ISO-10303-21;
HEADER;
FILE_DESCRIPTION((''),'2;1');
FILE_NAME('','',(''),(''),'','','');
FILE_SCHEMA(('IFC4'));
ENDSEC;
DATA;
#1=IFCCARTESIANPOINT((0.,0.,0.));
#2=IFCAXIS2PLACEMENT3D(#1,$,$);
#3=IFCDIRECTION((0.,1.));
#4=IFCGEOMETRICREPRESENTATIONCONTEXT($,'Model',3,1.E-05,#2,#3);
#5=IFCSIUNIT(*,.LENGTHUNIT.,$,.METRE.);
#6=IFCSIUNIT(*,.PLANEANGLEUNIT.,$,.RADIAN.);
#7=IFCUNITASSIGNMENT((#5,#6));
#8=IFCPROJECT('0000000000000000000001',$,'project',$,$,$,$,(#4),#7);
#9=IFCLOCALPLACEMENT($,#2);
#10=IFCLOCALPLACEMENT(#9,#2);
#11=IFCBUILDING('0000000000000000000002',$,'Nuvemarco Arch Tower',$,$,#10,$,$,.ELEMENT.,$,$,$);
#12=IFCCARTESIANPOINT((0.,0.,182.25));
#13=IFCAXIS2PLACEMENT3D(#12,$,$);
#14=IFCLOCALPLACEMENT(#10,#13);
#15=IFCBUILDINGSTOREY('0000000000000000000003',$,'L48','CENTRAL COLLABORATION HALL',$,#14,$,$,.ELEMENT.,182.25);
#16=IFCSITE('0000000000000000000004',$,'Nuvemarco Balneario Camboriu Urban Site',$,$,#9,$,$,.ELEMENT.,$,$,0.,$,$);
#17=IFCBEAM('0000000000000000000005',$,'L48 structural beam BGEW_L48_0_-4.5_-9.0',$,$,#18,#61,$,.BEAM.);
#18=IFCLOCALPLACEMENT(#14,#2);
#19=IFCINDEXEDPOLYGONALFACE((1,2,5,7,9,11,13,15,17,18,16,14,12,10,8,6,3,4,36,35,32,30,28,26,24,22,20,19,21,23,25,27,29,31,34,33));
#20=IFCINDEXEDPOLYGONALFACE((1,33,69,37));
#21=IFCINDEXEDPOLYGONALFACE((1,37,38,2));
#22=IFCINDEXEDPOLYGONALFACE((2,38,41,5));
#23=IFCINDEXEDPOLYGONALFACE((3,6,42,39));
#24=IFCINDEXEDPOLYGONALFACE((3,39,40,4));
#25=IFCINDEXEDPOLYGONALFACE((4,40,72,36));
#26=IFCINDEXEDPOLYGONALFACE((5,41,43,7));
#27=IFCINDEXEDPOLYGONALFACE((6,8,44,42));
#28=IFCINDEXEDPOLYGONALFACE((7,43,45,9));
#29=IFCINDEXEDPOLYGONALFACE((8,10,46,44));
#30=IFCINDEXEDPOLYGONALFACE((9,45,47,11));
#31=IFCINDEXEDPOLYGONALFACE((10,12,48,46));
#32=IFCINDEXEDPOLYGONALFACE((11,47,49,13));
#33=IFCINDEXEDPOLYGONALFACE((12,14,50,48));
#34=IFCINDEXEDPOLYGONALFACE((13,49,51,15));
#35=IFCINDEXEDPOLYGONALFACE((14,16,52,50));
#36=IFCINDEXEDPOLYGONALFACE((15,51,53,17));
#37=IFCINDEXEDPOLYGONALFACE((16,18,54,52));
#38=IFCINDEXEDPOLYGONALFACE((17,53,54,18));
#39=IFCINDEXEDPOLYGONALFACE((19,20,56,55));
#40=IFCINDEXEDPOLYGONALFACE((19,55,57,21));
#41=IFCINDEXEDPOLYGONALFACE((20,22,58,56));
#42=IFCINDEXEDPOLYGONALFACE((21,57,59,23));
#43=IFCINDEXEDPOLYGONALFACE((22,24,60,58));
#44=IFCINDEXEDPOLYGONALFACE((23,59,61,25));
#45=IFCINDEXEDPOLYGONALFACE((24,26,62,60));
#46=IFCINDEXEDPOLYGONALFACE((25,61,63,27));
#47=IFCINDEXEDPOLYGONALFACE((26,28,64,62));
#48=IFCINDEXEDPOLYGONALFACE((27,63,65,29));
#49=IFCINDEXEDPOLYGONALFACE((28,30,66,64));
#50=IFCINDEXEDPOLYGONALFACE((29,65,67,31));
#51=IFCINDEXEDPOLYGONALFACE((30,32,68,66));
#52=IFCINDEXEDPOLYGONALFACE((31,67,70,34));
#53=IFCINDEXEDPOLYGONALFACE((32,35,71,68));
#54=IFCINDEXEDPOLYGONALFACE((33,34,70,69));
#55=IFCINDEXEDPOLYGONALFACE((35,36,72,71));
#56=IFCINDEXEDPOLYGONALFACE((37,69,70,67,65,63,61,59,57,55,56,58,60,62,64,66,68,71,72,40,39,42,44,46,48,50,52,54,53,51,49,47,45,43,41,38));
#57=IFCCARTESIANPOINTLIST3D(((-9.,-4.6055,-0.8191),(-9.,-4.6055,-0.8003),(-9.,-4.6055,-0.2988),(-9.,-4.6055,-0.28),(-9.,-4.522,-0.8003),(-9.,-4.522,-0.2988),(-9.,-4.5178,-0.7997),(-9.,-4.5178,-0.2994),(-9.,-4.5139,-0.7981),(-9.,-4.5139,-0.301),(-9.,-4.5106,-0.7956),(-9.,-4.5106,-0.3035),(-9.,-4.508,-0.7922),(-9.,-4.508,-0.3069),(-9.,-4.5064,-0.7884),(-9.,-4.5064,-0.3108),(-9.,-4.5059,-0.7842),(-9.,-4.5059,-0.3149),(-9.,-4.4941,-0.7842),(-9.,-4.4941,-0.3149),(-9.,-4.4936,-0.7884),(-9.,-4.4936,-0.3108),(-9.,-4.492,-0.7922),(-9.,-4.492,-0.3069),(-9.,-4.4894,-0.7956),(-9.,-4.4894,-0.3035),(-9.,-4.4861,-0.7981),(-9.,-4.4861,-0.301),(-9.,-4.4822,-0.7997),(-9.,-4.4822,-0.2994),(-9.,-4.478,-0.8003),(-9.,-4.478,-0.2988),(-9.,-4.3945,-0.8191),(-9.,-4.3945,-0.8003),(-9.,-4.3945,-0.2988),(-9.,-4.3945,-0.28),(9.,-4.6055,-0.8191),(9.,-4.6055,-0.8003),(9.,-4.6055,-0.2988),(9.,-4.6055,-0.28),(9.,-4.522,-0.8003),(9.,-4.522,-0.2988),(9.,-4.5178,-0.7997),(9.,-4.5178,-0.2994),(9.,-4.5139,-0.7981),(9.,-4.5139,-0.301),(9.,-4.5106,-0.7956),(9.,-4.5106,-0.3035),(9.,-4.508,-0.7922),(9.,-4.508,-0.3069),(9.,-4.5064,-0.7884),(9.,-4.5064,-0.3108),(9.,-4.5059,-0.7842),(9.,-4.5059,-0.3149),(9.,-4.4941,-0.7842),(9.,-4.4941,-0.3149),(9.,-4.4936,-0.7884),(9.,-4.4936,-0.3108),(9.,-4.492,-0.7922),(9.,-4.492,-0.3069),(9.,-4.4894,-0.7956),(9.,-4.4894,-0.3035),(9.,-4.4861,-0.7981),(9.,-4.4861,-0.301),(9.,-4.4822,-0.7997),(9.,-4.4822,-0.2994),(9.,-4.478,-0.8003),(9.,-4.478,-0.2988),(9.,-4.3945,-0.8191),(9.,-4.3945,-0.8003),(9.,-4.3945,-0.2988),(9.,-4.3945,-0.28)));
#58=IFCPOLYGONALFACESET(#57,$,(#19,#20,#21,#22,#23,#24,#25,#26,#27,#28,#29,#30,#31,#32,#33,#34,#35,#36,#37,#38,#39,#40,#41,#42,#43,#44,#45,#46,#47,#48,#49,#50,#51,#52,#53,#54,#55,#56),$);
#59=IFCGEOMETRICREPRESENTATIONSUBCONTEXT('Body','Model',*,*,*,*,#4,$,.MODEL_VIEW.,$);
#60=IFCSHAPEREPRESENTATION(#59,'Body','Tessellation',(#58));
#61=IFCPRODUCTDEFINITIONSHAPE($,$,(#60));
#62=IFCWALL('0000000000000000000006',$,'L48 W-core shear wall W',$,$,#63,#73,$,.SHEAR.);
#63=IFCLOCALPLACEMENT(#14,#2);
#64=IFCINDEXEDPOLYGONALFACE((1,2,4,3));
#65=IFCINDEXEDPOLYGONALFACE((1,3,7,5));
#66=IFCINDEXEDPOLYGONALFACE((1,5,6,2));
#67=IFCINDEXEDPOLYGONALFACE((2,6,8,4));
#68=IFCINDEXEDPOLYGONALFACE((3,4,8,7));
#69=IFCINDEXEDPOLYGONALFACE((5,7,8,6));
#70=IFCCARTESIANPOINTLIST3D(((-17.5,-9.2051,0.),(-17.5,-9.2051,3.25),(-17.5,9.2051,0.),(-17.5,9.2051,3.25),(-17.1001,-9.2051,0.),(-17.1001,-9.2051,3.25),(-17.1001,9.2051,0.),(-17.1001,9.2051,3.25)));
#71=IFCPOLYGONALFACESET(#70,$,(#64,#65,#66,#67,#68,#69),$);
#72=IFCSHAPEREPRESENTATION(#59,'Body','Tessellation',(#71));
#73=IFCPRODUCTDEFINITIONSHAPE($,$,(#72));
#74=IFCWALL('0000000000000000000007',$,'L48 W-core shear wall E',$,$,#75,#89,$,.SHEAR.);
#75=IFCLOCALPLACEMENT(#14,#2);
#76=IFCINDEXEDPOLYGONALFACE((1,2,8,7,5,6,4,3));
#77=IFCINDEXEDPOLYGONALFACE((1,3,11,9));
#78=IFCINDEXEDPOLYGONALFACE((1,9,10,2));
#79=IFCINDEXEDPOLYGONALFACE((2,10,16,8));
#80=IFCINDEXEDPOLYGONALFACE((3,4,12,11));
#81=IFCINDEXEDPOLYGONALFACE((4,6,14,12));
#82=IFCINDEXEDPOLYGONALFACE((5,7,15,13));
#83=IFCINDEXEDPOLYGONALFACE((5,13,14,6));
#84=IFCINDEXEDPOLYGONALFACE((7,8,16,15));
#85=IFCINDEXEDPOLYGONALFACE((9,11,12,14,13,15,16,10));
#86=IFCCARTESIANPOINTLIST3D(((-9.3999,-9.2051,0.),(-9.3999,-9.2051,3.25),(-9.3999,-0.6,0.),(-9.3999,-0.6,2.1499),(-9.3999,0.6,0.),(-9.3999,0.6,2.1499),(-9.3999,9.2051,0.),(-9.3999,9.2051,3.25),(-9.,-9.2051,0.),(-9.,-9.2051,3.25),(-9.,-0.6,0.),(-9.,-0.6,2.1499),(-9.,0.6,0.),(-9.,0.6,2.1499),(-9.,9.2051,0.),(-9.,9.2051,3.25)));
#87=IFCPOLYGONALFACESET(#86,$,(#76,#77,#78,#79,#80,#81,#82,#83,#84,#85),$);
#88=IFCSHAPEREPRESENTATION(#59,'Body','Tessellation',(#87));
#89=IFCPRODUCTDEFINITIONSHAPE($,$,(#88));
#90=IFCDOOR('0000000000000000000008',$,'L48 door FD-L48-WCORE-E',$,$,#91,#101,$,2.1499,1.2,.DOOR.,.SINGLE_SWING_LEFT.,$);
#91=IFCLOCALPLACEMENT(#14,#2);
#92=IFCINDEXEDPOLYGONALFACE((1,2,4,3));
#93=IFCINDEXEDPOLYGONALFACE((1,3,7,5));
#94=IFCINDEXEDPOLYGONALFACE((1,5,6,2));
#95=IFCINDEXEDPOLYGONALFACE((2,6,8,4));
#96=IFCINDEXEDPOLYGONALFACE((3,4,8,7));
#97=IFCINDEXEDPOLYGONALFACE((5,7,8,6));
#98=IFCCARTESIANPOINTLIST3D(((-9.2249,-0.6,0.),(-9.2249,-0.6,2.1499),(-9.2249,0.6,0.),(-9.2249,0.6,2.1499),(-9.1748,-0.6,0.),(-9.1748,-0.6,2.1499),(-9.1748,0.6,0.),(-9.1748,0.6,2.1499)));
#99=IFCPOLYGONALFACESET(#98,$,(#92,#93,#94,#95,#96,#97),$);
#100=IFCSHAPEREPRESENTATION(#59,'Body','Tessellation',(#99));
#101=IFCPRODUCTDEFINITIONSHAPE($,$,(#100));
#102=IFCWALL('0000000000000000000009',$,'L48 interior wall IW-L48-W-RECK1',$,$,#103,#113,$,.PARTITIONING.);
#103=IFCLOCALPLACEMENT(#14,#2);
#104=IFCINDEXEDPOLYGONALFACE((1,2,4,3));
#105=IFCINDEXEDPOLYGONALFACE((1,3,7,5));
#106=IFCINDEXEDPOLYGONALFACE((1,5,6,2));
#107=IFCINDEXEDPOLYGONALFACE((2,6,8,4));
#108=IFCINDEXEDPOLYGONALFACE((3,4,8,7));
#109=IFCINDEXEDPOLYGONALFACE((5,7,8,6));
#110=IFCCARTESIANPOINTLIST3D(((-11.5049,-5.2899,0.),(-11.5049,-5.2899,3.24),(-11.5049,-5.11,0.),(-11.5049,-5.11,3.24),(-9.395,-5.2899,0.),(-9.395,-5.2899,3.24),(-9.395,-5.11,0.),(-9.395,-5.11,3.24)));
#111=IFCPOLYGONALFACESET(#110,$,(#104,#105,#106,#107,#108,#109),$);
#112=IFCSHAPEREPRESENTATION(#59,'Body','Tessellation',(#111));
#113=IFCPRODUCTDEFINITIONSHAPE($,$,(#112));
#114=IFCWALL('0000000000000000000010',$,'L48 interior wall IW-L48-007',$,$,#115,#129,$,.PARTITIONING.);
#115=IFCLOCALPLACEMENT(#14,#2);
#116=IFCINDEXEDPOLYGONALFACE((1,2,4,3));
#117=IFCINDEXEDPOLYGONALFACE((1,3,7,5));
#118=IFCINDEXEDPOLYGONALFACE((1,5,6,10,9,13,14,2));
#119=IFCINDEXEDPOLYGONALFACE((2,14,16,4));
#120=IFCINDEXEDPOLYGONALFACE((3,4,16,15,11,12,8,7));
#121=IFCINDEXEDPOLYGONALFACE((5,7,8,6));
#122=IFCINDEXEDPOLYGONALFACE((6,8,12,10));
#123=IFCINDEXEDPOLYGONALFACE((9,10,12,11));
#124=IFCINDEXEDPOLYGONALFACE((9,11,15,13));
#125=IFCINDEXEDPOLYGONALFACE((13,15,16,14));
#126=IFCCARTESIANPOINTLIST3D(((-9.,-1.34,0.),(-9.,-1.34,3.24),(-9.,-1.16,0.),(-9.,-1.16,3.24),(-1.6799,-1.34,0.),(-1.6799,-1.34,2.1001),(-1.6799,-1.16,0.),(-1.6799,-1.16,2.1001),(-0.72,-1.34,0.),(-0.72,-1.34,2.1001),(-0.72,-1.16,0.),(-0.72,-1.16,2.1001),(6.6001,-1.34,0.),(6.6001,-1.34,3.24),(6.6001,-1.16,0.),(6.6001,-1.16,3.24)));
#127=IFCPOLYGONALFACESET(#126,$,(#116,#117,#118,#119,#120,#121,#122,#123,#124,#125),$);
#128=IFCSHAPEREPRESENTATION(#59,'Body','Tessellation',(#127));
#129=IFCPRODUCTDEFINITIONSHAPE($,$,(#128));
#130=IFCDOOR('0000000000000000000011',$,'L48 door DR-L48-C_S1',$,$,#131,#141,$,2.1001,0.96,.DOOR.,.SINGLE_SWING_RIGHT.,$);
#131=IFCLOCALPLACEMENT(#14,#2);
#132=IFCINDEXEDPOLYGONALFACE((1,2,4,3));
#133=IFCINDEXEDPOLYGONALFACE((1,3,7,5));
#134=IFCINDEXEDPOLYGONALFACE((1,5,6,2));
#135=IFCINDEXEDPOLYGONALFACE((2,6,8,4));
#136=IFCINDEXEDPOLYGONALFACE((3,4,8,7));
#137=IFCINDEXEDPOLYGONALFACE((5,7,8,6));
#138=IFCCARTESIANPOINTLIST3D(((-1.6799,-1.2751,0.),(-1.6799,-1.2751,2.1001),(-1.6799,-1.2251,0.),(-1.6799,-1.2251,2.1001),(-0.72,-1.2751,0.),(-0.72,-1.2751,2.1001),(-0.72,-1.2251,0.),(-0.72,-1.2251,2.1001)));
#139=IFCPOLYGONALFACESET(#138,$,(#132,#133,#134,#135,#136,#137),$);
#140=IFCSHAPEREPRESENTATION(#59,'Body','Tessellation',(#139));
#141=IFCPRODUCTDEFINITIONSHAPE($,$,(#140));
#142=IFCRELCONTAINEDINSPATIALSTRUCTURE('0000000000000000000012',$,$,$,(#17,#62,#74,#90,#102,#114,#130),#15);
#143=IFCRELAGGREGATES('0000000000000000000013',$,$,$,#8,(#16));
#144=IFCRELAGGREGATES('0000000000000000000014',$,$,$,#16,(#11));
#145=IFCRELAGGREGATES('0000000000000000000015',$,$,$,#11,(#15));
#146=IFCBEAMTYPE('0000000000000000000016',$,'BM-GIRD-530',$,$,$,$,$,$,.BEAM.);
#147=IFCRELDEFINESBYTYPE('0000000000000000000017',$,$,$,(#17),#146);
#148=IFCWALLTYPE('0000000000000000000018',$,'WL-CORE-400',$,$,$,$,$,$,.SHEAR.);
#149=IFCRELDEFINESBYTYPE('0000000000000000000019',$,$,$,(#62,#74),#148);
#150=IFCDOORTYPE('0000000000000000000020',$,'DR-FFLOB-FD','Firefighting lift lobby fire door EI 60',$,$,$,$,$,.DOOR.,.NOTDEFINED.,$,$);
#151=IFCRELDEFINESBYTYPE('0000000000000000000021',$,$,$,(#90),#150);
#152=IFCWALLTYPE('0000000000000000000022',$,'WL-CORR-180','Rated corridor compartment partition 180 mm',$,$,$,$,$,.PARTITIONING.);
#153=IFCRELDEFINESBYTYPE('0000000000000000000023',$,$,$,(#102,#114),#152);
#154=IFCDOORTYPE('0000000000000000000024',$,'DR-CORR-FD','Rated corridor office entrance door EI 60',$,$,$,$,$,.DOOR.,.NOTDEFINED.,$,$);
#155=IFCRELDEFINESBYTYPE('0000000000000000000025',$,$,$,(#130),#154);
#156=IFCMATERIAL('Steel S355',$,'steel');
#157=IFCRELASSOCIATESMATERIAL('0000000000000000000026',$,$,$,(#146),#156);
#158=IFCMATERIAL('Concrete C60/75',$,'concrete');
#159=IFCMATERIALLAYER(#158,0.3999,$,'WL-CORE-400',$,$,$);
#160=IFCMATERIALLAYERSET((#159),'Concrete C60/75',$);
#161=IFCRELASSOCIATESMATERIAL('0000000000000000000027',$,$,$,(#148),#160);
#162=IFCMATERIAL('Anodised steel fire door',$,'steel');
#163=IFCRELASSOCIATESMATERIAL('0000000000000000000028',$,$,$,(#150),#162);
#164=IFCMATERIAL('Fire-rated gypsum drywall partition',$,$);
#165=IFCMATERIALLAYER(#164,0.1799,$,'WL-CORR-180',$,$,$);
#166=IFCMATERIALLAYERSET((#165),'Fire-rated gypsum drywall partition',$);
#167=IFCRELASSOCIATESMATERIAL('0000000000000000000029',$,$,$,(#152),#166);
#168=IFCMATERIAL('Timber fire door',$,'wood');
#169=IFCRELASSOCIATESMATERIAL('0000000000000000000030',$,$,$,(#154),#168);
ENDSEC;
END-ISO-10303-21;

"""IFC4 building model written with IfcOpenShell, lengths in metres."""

from ifc_helpers import new_model, si_unit, direction, frame, frame_2d, origin, origin_2d, place, context, subcontext, project, spatial, rectangle, i_section, extrude, source, transform, mapped, material, layer, layer_set, material_profile, profile_set, type_object, type_shapes, element, fill, save


model = new_model("IFC4")

# Units and contexts
model_context = context("Model", 3, precision=1e-05, world=origin(), true_north=direction((0.0, 1.0)))
body_context = subcontext(model_context, "Body", "Model", "MODEL_VIEW")
ifc_project = project(units=[si_unit("LENGTHUNIT", "METRE"), si_unit("PLANEANGLEUNIT", "RADIAN")], contexts=[model_context])

# Site, building, storey
site_placement = place(None, origin())
site = spatial("IfcSite", under=ifc_project, at=site_placement, Name="Nuvemarco Balneario Camboriu Urban Site", CompositionType="ELEMENT", RefElevation=0.0)
building_placement = place(site_placement, origin())
building = spatial("IfcBuilding", under=site, at=building_placement, Name="Nuvemarco Arch Tower", CompositionType="ELEMENT")
storey_placement = place(building_placement, frame((0.0, 0.0, 182.25)))
storey = spatial("IfcBuildingStorey", under=building, at=storey_placement, Name="L48", Description="CENTRAL COLLABORATION HALL", CompositionType="ELEMENT", Elevation=182.25)

# Shared definitions
ifc_material_1 = material(Name="Steel S355", Category="steel")

# Beam
ifc_material_2 = material(Name="Concrete C60/75", Category="concrete")
ifc_material_profile_1 = material_profile(ifc_material_1, i_section(OverallWidth=0.2109, OverallDepth=0.5391, WebThickness=0.0117, FlangeThickness=0.0188, FilletRadius=0.0161, at=origin_2d()), Name="W530x109")
ifc_profile_set_1 = profile_set([ifc_material_profile_1], Name="Steel S355")
beam_type_1 = type_object("IfcBeamType", Name="BM-GIRD-530", PredefinedType="BEAM", material=ifc_profile_set_1)
beam_1_placement = place(storey_placement, frame((-9.0, -4.5, -0.5496), z_axis=(1.0, 0.0, 0.0), x_axis=(0.0, 1.0, 0.0)))
element("IfcBeam", 1, at=beam_1_placement, inside=storey, type_object=beam_type_1, Name="L48 structural beam BGEW_L48_0_-4.5_-9.0", PredefinedType="BEAM", context=body_context, shape_type="SweptSolid", body=[
    extrude(i_section(OverallWidth=0.2109, OverallDepth=0.5391, WebThickness=0.0117, FlangeThickness=0.0188, FilletRadius=0.0161, at=origin_2d()), origin(), (0.0, 0.0, 1.0), 18.0),
])

# Wall
ifc_layer_1 = layer(ifc_material_2, 0.3999, Name="WL-CORE-400")
ifc_layer_set_1 = layer_set([ifc_layer_1], Name="Concrete C60/75")
wall_type_1 = type_object("IfcWallType", Name="WL-CORE-400", PredefinedType="SHEAR", material=ifc_layer_set_1)
wall_1_placement = place(storey_placement, frame((-17.3, -9.2051, 0.0), z_axis=(0.0, 0.0, 1.0), x_axis=(0.0, 1.0, 0.0)))
element("IfcWall", 2, at=wall_1_placement, inside=storey, type_object=wall_type_1, Name="L48 W-core shear wall W", PredefinedType="SHEAR", context=body_context, shape_type="SweptSolid", body=[
    extrude(rectangle(XDim=18.4102, YDim=0.3999, at=frame_2d((9.2051, 0.0))), origin(), (0.0, 0.0, 1.0), 3.25),
])

# Wall, opening, door
wall_2_placement = place(storey_placement, frame((-9.2, -9.2051, 0.0), z_axis=(0.0, 0.0, 1.0), x_axis=(0.0, 1.0, 0.0)))
wall_2 = element("IfcWall", 3, at=wall_2_placement, inside=storey, type_object=wall_type_1, Name="L48 W-core shear wall E", PredefinedType="SHEAR", context=body_context, shape_type="SweptSolid", body=[
    extrude(rectangle(XDim=18.4102, YDim=0.3999, at=frame_2d((9.2051, 0.0))), origin(), (0.0, 0.0, 1.0), 3.25),
])
opening_1_placement = place(wall_2_placement, frame((8.605, 0.0, 0.0)))
opening_1 = element("IfcOpeningElement", 4, at=opening_1_placement, cuts=wall_2, PredefinedType="OPENING", context=body_context, shape_type="SweptSolid", body=[
    extrude(rectangle(XDim=1.2, YDim=2.1499, at=frame_2d((0.6001, 1.075))), frame((0.0, 0.21, 0.0), z_axis=(0.0, -1.0, 0.0), x_axis=(1.0, 0.0, 0.0)), (0.0, 0.0, 1.0), 0.4199),
])
ifc_material_3 = material(Name="Anodised steel fire door", Category="steel")
door_type_1 = type_object("IfcDoorType", Name="DR-FFLOB-FD", Description="Firefighting lift lobby fire door EI 60", OperationType="NOTDEFINED", PredefinedType="DOOR", material=ifc_material_3)
shared_shape_1 = source(origin(), body_context, "Body", "SweptSolid", [
    extrude(rectangle(XDim=1.2, YDim=2.1499, at=frame_2d((0.6001, 1.075))), frame((0.0, 0.0249, 0.0), z_axis=(0.0, -1.0, 0.0), x_axis=(1.0, 0.0, 0.0)), (0.0, 0.0, 1.0), 0.05),
])
type_shapes(door_type_1, [shared_shape_1])
door_1_placement = place(opening_1_placement, origin())
door_1 = element("IfcDoor", 5, at=door_1_placement, inside=storey, type_object=door_type_1, Name="L48 door FD-L48-WCORE-E", OperationType="SINGLE_SWING_LEFT", OverallHeight=2.1499, OverallWidth=1.2, PredefinedType="DOOR", context=body_context, shape_type="MappedRepresentation", body=[
    mapped(shared_shape_1, transform((0.0, 0.0, 0.0), scale=1.0)),
])
fill(opening_1, door_1)

# Wall
ifc_material_4 = material(Name="Fire-rated gypsum drywall partition")
ifc_layer_2 = layer(ifc_material_4, 0.1799, Name="WL-CORR-180")
ifc_layer_set_2 = layer_set([ifc_layer_2], Name="Fire-rated gypsum drywall partition")
wall_type_2 = type_object("IfcWallType", Name="WL-CORR-180", Description="Rated corridor compartment partition 180 mm", PredefinedType="PARTITIONING", material=ifc_layer_set_2)
wall_3_placement = place(storey_placement, frame((-11.5049, -5.2, 0.0), z_axis=(0.0, 0.0, 1.0), x_axis=(1.0, 0.0, 0.0)))
element("IfcWall", 6, at=wall_3_placement, inside=storey, type_object=wall_type_2, Name="L48 interior wall IW-L48-W-RECK1", PredefinedType="PARTITIONING", context=body_context, shape_type="SweptSolid", body=[
    extrude(rectangle(XDim=2.1099, YDim=0.1799, at=frame_2d((1.0549, 0.0))), origin(), (0.0, 0.0, 1.0), 3.24),
])

# Wall, opening, door
wall_4_placement = place(storey_placement, frame((-9.0, -1.25, 0.0), z_axis=(0.0, 0.0, 1.0), x_axis=(1.0, 0.0, 0.0)))
wall_4 = element("IfcWall", 7, at=wall_4_placement, inside=storey, type_object=wall_type_2, Name="L48 interior wall IW-L48-007", PredefinedType="PARTITIONING", context=body_context, shape_type="SweptSolid", body=[
    extrude(rectangle(XDim=15.6001, YDim=0.1799, at=frame_2d((7.8, 0.0))), origin(), (0.0, 0.0, 1.0), 3.24),
])
opening_2_placement = place(wall_4_placement, frame((7.3201, 0.0, 0.0)))
opening_2 = element("IfcOpeningElement", 8, at=opening_2_placement, cuts=wall_4, PredefinedType="OPENING", context=body_context, shape_type="SweptSolid", body=[
    extrude(rectangle(XDim=0.96, YDim=2.1001, at=frame_2d((0.48, 1.05))), frame((0.0, 0.0999, 0.0), z_axis=(0.0, -1.0, 0.0), x_axis=(1.0, 0.0, 0.0)), (0.0, 0.0, 1.0), 0.2),
])
ifc_material_5 = material(Name="Timber fire door", Category="wood")
door_type_2 = type_object("IfcDoorType", Name="DR-CORR-FD", Description="Rated corridor office entrance door EI 60", OperationType="NOTDEFINED", PredefinedType="DOOR", material=ifc_material_5)
shared_shape_2 = source(origin(), body_context, "Body", "SweptSolid", [
    extrude(rectangle(XDim=0.96, YDim=2.1001, at=frame_2d((0.48, 1.05))), frame((0.0, 0.0249, 0.0), z_axis=(0.0, -1.0, 0.0), x_axis=(1.0, 0.0, 0.0)), (0.0, 0.0, 1.0), 0.05),
])
type_shapes(door_type_2, [shared_shape_2])
door_2_placement = place(opening_2_placement, origin())
door_2 = element("IfcDoor", 9, at=door_2_placement, inside=storey, type_object=door_type_2, Name="L48 door DR-L48-C_S1", OperationType="SINGLE_SWING_RIGHT", OverallHeight=2.1001, OverallWidth=0.96, PredefinedType="DOOR", context=body_context, shape_type="MappedRepresentation", body=[
    mapped(shared_shape_2, transform((0.0, 0.0, 0.0), scale=1.0)),
])
fill(opening_2, door_2)

save(model, "model.ifc")
